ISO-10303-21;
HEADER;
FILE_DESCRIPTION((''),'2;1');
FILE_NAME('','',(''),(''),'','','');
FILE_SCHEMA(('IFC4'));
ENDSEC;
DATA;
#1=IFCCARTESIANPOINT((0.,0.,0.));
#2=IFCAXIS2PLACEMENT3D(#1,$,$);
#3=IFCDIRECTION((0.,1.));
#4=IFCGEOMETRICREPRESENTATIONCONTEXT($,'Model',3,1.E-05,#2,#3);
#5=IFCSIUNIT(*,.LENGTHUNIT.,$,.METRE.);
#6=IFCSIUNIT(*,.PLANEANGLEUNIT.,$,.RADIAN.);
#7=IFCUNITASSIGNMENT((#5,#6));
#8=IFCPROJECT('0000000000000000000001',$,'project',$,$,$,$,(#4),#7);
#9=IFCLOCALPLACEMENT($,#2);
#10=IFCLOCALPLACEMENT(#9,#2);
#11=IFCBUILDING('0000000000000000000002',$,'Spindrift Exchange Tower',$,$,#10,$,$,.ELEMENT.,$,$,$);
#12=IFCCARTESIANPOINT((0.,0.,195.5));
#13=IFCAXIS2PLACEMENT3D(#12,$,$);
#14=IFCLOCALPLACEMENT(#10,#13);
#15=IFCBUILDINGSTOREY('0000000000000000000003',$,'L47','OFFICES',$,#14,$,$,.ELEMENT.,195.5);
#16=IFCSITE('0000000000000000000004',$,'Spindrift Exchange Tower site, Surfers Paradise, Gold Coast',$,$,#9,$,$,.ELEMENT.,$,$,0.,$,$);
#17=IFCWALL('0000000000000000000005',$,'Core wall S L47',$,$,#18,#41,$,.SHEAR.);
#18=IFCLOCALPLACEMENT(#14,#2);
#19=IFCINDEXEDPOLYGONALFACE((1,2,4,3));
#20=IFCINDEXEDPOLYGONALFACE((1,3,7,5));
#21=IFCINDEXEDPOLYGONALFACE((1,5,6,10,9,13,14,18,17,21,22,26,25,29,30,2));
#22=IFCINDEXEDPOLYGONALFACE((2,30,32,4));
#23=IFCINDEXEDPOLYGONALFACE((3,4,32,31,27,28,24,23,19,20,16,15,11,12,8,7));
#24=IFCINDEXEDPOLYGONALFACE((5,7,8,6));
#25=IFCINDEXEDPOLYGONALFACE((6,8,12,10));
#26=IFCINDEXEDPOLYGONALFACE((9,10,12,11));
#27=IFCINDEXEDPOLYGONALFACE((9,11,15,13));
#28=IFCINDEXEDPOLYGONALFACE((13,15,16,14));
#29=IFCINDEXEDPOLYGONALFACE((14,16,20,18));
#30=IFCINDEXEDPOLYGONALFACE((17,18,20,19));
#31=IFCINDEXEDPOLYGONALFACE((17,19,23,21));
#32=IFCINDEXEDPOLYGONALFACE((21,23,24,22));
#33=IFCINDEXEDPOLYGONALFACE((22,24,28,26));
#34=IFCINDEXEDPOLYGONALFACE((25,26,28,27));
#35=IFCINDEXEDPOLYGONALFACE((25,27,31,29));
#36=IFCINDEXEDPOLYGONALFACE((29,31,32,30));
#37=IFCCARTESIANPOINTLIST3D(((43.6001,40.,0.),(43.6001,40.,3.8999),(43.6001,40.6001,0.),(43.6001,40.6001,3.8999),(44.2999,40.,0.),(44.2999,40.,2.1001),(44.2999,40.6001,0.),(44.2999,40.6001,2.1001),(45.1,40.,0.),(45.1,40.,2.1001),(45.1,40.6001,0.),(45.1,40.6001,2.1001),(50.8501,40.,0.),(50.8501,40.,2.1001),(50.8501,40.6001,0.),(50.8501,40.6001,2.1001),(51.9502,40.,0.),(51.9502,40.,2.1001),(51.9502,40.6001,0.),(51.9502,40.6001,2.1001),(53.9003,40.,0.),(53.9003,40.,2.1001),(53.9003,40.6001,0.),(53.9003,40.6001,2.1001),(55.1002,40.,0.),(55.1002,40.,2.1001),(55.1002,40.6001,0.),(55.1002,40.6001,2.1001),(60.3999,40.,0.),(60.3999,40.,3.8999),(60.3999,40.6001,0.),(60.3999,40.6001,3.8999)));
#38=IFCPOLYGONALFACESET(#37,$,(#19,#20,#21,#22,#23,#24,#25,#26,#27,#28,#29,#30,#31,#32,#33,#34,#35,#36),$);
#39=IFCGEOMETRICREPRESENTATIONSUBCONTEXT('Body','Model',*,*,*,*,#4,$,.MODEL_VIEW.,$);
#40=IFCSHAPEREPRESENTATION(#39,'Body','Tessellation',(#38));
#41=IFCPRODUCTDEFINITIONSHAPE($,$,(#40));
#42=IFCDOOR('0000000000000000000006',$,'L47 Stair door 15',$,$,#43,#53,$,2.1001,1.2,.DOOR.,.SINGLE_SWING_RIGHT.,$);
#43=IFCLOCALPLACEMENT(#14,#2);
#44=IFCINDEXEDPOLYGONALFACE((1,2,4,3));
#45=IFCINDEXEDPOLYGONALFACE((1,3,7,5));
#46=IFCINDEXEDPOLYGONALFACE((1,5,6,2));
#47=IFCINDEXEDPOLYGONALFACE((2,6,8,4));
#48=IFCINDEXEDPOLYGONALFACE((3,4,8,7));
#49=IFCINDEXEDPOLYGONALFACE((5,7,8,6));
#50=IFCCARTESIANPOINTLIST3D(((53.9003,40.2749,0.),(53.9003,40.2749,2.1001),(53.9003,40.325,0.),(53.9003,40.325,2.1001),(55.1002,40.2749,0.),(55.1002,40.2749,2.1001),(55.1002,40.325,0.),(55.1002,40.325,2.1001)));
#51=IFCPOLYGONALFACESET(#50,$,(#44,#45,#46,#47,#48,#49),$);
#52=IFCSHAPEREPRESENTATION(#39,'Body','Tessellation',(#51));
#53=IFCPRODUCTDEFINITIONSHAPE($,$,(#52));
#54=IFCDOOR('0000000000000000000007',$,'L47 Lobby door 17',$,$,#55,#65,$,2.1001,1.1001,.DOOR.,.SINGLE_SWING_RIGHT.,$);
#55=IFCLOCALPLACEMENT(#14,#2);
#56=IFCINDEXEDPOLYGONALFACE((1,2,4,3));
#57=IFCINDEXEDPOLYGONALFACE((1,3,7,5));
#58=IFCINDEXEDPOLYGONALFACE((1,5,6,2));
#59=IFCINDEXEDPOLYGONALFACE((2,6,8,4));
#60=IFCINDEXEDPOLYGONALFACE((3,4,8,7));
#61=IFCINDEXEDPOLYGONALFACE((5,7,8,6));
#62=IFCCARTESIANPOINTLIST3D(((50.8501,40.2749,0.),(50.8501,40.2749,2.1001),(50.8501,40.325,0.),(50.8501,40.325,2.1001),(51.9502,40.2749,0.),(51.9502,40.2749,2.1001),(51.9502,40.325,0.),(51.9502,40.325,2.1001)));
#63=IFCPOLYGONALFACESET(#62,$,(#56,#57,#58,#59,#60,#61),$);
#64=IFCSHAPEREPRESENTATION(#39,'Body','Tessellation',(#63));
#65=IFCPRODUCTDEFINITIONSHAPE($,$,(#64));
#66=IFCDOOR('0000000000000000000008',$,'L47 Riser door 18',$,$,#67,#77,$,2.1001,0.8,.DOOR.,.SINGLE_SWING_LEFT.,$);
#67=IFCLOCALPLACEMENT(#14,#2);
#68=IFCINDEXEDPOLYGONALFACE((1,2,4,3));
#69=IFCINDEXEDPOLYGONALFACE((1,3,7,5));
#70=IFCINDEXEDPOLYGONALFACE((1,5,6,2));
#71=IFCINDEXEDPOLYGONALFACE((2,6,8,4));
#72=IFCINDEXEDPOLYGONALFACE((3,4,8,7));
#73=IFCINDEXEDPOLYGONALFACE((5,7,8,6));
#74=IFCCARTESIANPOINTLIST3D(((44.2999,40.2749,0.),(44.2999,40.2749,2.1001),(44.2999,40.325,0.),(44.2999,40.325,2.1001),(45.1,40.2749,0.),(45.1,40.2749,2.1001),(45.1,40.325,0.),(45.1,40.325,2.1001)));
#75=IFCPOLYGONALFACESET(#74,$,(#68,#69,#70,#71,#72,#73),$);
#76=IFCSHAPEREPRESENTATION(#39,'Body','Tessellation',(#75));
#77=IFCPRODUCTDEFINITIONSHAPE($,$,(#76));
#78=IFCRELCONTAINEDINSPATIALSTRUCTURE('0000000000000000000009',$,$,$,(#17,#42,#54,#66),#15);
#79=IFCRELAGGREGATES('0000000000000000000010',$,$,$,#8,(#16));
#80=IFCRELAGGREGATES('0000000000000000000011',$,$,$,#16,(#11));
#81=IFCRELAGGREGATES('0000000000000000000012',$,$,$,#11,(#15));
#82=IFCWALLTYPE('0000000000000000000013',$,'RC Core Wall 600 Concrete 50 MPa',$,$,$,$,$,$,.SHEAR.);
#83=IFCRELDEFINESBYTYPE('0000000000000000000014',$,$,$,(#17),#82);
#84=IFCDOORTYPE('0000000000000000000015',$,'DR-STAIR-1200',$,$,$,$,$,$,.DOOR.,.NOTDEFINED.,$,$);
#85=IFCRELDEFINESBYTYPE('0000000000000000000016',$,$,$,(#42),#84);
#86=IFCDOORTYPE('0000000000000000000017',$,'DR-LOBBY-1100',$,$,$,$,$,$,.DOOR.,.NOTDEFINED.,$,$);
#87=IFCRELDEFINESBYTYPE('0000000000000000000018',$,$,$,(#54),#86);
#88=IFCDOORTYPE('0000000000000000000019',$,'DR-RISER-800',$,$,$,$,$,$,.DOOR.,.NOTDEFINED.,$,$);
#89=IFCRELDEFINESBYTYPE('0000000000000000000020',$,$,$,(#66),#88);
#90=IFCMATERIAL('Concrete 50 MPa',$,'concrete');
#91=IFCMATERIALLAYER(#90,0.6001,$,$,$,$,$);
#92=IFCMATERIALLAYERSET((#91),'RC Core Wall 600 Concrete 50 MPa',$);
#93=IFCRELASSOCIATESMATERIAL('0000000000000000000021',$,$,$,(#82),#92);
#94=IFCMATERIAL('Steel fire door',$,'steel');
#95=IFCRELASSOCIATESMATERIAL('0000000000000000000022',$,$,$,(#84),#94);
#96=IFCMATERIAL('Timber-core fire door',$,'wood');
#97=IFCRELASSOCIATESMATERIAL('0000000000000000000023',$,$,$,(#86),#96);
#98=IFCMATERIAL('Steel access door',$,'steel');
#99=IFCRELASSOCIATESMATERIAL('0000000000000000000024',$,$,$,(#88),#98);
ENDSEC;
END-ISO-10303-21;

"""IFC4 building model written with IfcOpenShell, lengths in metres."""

from ifc_helpers import new_model, si_unit, direction, frame, frame_2d, origin, place, context, subcontext, project, spatial, rectangle, extrude, source, transform, mapped, material, layer, layer_set, type_object, element, fill, save


model = new_model("IFC4")

# Units and contexts
model_context = context("Model", 3, precision=1e-05, world=origin(), true_north=direction((0.0, 1.0)))
body_context = subcontext(model_context, "Body", "Model", "MODEL_VIEW")
ifc_project = project(units=[si_unit("LENGTHUNIT", "METRE"), si_unit("PLANEANGLEUNIT", "RADIAN")], contexts=[model_context])

# Site, building, storey
site_placement = place(None, origin())
site = spatial("IfcSite", under=ifc_project, at=site_placement, Name="Spindrift Exchange Tower site, Surfers Paradise, Gold Coast", CompositionType="ELEMENT", RefElevation=0.0)
building_placement = place(site_placement, origin())
building = spatial("IfcBuilding", under=site, at=building_placement, Name="Spindrift Exchange Tower", CompositionType="ELEMENT")
storey_placement = place(building_placement, frame((0.0, 0.0, 195.5)))
storey = spatial("IfcBuildingStorey", under=building, at=storey_placement, Name="L47", Description="OFFICES", CompositionType="ELEMENT", Elevation=195.5)

# Wall, openings, doors
ifc_material_1 = material(Name="Concrete 50 MPa", Category="concrete")
ifc_layer_1 = layer(ifc_material_1, 0.6001)
ifc_layer_set_1 = layer_set([ifc_layer_1], Name="RC Core Wall 600 Concrete 50 MPa")
wall_type_1 = type_object("IfcWallType", Name="RC Core Wall 600 Concrete 50 MPa", PredefinedType="SHEAR", material=ifc_layer_set_1)
wall_1_placement = place(storey_placement, frame((43.6001, 40.3, 0.0), z_axis=(0.0, 0.0, 1.0), x_axis=(1.0, 0.0, 0.0)))
wall_1 = element("IfcWall", 1, at=wall_1_placement, inside=storey, type_object=wall_type_1, Name="Core wall S L47", PredefinedType="SHEAR", context=body_context, shape_type="SweptSolid", body=[
    extrude(rectangle(XDim=16.7998, YDim=0.6001, at=frame_2d((8.3999, 0.0))), origin(), (0.0, 0.0, 1.0), 3.8999),
])
opening_1_placement = place(wall_1_placement, frame((10.3, 0.0, 0.0)))
opening_1 = element("IfcOpeningElement", 2, at=opening_1_placement, cuts=wall_1, PredefinedType="OPENING", context=body_context, shape_type="SweptSolid", body=[
    extrude(rectangle(XDim=1.2, YDim=2.1001, at=frame_2d((0.6001, 1.05))), frame((0.0, 0.3101, 0.0), z_axis=(0.0, -1.0, 0.0), x_axis=(1.0, 0.0, 0.0)), (0.0, 0.0, 1.0), 0.6201),
])
opening_2_placement = place(wall_1_placement, frame((7.25, 0.0, 0.0)))
opening_2 = element("IfcOpeningElement", 3, at=opening_2_placement, cuts=wall_1, PredefinedType="OPENING", context=body_context, shape_type="SweptSolid", body=[
    extrude(rectangle(XDim=1.1001, YDim=2.1001, at=frame_2d((0.55, 1.05))), frame((0.0, 0.3101, 0.0), z_axis=(0.0, -1.0, 0.0), x_axis=(1.0, 0.0, 0.0)), (0.0, 0.0, 1.0), 0.6201),
])
opening_3_placement = place(wall_1_placement, frame((0.7, 0.0, 0.0)))
opening_3 = element("IfcOpeningElement", 4, at=opening_3_placement, cuts=wall_1, PredefinedType="OPENING", context=body_context, shape_type="SweptSolid", body=[
    extrude(rectangle(XDim=0.8, YDim=2.1001, at=frame_2d((0.3999, 1.05))), frame((0.0, 0.3101, 0.0), z_axis=(0.0, -1.0, 0.0), x_axis=(1.0, 0.0, 0.0)), (0.0, 0.0, 1.0), 0.6201),
])
ifc_material_2 = material(Name="Steel fire door", Category="steel")
door_type_1 = type_object("IfcDoorType", Name="DR-STAIR-1200", OperationType="NOTDEFINED", PredefinedType="DOOR", material=ifc_material_2)
shared_shape_1 = source(origin(), body_context, "Body", "SweptSolid", [
    extrude(rectangle(XDim=1.2, YDim=2.1001, at=frame_2d((0.6001, 1.05))), frame((0.0, 0.0249, 0.0), z_axis=(0.0, -1.0, 0.0), x_axis=(1.0, 0.0, 0.0)), (0.0, 0.0, 1.0), 0.05),
])
door_1_placement = place(opening_1_placement, origin())
door_1 = element("IfcDoor", 5, at=door_1_placement, inside=storey, type_object=door_type_1, Name="L47 Stair door 15", OperationType="SINGLE_SWING_RIGHT", OverallHeight=2.1001, OverallWidth=1.2, PredefinedType="DOOR", context=body_context, shape_type="MappedRepresentation", body=[
    mapped(shared_shape_1, transform((0.0, 0.0, 0.0), scale=1.0)),
])
fill(opening_1, door_1)
ifc_material_3 = material(Name="Timber-core fire door", Category="wood")
door_type_2 = type_object("IfcDoorType", Name="DR-LOBBY-1100", OperationType="NOTDEFINED", PredefinedType="DOOR", material=ifc_material_3)
shared_shape_2 = source(origin(), body_context, "Body", "SweptSolid", [
    extrude(rectangle(XDim=1.1001, YDim=2.1001, at=frame_2d((0.55, 1.05))), frame((0.0, 0.0249, 0.0), z_axis=(0.0, -1.0, 0.0), x_axis=(1.0, 0.0, 0.0)), (0.0, 0.0, 1.0), 0.05),
])
door_2_placement = place(opening_2_placement, origin())
door_2 = element("IfcDoor", 6, at=door_2_placement, inside=storey, type_object=door_type_2, Name="L47 Lobby door 17", OperationType="SINGLE_SWING_RIGHT", OverallHeight=2.1001, OverallWidth=1.1001, PredefinedType="DOOR", context=body_context, shape_type="MappedRepresentation", body=[
    mapped(shared_shape_2, transform((0.0, 0.0, 0.0), scale=1.0)),
])
fill(opening_2, door_2)
ifc_material_4 = material(Name="Steel access door", Category="steel")
door_type_3 = type_object("IfcDoorType", Name="DR-RISER-800", OperationType="NOTDEFINED", PredefinedType="DOOR", material=ifc_material_4)
shared_shape_3 = source(origin(), body_context, "Body", "SweptSolid", [
    extrude(rectangle(XDim=0.8, YDim=2.1001, at=frame_2d((0.3999, 1.05))), frame((0.0, 0.0249, 0.0), z_axis=(0.0, -1.0, 0.0), x_axis=(1.0, 0.0, 0.0)), (0.0, 0.0, 1.0), 0.05),
])
door_3_placement = place(opening_3_placement, origin())
door_3 = element("IfcDoor", 7, at=door_3_placement, inside=storey, type_object=door_type_3, Name="L47 Riser door 18", OperationType="SINGLE_SWING_LEFT", OverallHeight=2.1001, OverallWidth=0.8, PredefinedType="DOOR", context=body_context, shape_type="MappedRepresentation", body=[
    mapped(shared_shape_3, transform((0.0, 0.0, 0.0), scale=1.0)),
])
fill(opening_3, door_3)

save(model, "model.ifc")
